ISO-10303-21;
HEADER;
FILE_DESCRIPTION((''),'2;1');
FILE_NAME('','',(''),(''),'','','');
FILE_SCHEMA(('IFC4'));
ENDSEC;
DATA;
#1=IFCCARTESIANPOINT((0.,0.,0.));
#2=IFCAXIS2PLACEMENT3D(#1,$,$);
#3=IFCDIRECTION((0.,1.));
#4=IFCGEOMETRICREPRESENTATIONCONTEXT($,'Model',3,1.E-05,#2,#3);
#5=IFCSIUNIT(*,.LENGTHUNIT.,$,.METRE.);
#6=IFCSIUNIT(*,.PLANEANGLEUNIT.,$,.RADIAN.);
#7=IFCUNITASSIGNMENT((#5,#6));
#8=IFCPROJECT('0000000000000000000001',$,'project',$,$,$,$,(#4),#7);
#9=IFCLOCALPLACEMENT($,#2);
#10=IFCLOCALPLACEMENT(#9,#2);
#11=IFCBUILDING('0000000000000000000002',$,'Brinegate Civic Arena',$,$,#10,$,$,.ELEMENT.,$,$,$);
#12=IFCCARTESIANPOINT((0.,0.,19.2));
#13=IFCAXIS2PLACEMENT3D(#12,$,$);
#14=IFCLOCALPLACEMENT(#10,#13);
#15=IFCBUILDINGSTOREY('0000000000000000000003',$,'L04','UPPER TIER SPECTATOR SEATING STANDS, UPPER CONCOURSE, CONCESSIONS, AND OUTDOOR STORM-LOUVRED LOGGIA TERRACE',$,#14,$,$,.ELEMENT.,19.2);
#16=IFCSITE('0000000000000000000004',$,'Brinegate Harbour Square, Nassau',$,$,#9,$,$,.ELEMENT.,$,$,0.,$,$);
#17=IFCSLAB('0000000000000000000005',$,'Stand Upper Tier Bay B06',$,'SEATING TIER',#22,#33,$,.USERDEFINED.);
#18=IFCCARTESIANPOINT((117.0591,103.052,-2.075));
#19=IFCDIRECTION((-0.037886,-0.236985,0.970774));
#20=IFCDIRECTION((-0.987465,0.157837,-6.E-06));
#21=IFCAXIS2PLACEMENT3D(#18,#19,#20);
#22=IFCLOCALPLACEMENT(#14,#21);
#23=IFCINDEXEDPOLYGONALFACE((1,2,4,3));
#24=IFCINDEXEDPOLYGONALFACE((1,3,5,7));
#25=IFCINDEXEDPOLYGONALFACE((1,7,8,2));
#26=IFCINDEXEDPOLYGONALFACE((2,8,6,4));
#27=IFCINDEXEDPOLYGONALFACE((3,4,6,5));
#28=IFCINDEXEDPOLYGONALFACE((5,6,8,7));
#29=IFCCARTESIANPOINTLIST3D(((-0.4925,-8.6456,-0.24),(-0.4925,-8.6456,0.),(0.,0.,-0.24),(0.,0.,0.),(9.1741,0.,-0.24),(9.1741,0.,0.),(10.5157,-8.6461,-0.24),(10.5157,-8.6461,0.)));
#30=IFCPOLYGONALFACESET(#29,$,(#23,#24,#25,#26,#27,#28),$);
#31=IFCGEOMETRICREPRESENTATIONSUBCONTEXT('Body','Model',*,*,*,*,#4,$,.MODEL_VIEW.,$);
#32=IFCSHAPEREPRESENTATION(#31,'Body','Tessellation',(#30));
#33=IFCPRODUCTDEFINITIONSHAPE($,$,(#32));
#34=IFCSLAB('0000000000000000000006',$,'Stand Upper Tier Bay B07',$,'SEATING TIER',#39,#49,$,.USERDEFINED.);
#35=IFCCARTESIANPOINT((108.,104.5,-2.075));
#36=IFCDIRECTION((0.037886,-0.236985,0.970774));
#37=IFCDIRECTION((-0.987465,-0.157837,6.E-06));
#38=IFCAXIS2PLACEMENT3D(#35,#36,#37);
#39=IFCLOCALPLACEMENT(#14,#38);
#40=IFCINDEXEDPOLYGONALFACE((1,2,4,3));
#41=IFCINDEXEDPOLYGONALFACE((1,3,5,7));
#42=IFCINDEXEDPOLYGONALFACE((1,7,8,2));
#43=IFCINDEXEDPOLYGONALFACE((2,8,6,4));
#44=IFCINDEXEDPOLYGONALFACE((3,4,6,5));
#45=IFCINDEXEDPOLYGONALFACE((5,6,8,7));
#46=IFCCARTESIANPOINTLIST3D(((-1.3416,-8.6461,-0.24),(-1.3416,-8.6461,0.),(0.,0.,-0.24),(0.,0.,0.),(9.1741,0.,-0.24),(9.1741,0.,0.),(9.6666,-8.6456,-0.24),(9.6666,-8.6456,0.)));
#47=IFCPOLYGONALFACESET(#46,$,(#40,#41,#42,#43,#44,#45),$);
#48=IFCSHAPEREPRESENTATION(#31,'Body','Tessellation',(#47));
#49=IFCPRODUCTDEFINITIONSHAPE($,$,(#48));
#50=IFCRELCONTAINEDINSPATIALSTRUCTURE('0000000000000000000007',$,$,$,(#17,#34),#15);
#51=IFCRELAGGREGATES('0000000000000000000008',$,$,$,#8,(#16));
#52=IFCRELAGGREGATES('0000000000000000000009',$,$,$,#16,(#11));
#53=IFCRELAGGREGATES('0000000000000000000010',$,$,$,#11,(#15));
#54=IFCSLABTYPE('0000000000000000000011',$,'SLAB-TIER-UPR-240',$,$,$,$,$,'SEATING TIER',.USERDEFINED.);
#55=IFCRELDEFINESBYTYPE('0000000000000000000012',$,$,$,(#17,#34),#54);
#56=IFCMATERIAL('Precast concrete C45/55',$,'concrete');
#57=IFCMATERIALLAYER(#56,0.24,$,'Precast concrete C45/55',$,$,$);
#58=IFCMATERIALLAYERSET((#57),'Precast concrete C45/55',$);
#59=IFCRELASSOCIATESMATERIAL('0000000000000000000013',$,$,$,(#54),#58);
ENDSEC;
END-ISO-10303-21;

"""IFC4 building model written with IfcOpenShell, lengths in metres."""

from ifc_helpers import new_model, si_unit, direction, frame, origin, place, context, subcontext, project, spatial, polyline, outline, extrude, material, layer, layer_set, type_object, element, save


model = new_model("IFC4")

# Units and contexts
model_context = context("Model", 3, precision=1e-05, world=origin(), true_north=direction((0.0, 1.0)))
body_context = subcontext(model_context, "Body", "Model", "MODEL_VIEW")
ifc_project = project(units=[si_unit("LENGTHUNIT", "METRE"), si_unit("PLANEANGLEUNIT", "RADIAN")], contexts=[model_context])

# Site, building, storey
site_placement = place(None, origin())
site = spatial("IfcSite", under=ifc_project, at=site_placement, Name="Brinegate Harbour Square, Nassau", CompositionType="ELEMENT", RefElevation=0.0)
building_placement = place(site_placement, origin())
building = spatial("IfcBuilding", under=site, at=building_placement, Name="Brinegate Civic Arena", CompositionType="ELEMENT")
storey_placement = place(building_placement, frame((0.0, 0.0, 19.2)))
storey = spatial("IfcBuildingStorey", under=building, at=storey_placement, Name="L04", Description="UPPER TIER SPECTATOR SEATING STANDS, UPPER CONCOURSE, CONCESSIONS, AND OUTDOOR STORM-LOUVRED LOGGIA TERRACE", CompositionType="ELEMENT", Elevation=19.2)

# Slabs
ifc_material_1 = material(Name="Precast concrete C45/55", Category="concrete")
ifc_layer_1 = layer(ifc_material_1, 0.24, Name="Precast concrete C45/55")
ifc_layer_set_1 = layer_set([ifc_layer_1], Name="Precast concrete C45/55")
slab_type = type_object("IfcSlabType", Name="SLAB-TIER-UPR-240", ElementType="SEATING TIER", PredefinedType="USERDEFINED", material=ifc_layer_set_1)
slab_1_placement = place(storey_placement, frame((117.0591, 103.052, -2.075), z_axis=(-0.037886, -0.236985, 0.970774), x_axis=(-0.987465, 0.157837, -0.000006)))
element("IfcSlab", 1, at=slab_1_placement, inside=storey, type_object=slab_type, Name="Stand Upper Tier Bay B06", ObjectType="SEATING TIER", PredefinedType="USERDEFINED", context=body_context, shape_type="SweptSolid", body=[
    extrude(outline(polyline([(0.0, 0.0), (9.1741, 0.0), (10.5157, -8.6461), (-0.4925, -8.6456), (0.0, 0.0)])), origin(), (0.0, 0.0, -1.0), 0.24),
])
slab_2_placement = place(storey_placement, frame((108.0, 104.5, -2.075), z_axis=(0.037886, -0.236985, 0.970774), x_axis=(-0.987465, -0.157837, 0.000006)))
element("IfcSlab", 2, at=slab_2_placement, inside=storey, type_object=slab_type, Name="Stand Upper Tier Bay B07", ObjectType="SEATING TIER", PredefinedType="USERDEFINED", context=body_context, shape_type="SweptSolid", body=[
    extrude(outline(polyline([(0.0, 0.0), (9.1741, 0.0), (9.6666, -8.6456), (-1.3416, -8.6461), (0.0, 0.0)])), origin(), (0.0, 0.0, -1.0), 0.24),
])

save(model, "model.ifc")
